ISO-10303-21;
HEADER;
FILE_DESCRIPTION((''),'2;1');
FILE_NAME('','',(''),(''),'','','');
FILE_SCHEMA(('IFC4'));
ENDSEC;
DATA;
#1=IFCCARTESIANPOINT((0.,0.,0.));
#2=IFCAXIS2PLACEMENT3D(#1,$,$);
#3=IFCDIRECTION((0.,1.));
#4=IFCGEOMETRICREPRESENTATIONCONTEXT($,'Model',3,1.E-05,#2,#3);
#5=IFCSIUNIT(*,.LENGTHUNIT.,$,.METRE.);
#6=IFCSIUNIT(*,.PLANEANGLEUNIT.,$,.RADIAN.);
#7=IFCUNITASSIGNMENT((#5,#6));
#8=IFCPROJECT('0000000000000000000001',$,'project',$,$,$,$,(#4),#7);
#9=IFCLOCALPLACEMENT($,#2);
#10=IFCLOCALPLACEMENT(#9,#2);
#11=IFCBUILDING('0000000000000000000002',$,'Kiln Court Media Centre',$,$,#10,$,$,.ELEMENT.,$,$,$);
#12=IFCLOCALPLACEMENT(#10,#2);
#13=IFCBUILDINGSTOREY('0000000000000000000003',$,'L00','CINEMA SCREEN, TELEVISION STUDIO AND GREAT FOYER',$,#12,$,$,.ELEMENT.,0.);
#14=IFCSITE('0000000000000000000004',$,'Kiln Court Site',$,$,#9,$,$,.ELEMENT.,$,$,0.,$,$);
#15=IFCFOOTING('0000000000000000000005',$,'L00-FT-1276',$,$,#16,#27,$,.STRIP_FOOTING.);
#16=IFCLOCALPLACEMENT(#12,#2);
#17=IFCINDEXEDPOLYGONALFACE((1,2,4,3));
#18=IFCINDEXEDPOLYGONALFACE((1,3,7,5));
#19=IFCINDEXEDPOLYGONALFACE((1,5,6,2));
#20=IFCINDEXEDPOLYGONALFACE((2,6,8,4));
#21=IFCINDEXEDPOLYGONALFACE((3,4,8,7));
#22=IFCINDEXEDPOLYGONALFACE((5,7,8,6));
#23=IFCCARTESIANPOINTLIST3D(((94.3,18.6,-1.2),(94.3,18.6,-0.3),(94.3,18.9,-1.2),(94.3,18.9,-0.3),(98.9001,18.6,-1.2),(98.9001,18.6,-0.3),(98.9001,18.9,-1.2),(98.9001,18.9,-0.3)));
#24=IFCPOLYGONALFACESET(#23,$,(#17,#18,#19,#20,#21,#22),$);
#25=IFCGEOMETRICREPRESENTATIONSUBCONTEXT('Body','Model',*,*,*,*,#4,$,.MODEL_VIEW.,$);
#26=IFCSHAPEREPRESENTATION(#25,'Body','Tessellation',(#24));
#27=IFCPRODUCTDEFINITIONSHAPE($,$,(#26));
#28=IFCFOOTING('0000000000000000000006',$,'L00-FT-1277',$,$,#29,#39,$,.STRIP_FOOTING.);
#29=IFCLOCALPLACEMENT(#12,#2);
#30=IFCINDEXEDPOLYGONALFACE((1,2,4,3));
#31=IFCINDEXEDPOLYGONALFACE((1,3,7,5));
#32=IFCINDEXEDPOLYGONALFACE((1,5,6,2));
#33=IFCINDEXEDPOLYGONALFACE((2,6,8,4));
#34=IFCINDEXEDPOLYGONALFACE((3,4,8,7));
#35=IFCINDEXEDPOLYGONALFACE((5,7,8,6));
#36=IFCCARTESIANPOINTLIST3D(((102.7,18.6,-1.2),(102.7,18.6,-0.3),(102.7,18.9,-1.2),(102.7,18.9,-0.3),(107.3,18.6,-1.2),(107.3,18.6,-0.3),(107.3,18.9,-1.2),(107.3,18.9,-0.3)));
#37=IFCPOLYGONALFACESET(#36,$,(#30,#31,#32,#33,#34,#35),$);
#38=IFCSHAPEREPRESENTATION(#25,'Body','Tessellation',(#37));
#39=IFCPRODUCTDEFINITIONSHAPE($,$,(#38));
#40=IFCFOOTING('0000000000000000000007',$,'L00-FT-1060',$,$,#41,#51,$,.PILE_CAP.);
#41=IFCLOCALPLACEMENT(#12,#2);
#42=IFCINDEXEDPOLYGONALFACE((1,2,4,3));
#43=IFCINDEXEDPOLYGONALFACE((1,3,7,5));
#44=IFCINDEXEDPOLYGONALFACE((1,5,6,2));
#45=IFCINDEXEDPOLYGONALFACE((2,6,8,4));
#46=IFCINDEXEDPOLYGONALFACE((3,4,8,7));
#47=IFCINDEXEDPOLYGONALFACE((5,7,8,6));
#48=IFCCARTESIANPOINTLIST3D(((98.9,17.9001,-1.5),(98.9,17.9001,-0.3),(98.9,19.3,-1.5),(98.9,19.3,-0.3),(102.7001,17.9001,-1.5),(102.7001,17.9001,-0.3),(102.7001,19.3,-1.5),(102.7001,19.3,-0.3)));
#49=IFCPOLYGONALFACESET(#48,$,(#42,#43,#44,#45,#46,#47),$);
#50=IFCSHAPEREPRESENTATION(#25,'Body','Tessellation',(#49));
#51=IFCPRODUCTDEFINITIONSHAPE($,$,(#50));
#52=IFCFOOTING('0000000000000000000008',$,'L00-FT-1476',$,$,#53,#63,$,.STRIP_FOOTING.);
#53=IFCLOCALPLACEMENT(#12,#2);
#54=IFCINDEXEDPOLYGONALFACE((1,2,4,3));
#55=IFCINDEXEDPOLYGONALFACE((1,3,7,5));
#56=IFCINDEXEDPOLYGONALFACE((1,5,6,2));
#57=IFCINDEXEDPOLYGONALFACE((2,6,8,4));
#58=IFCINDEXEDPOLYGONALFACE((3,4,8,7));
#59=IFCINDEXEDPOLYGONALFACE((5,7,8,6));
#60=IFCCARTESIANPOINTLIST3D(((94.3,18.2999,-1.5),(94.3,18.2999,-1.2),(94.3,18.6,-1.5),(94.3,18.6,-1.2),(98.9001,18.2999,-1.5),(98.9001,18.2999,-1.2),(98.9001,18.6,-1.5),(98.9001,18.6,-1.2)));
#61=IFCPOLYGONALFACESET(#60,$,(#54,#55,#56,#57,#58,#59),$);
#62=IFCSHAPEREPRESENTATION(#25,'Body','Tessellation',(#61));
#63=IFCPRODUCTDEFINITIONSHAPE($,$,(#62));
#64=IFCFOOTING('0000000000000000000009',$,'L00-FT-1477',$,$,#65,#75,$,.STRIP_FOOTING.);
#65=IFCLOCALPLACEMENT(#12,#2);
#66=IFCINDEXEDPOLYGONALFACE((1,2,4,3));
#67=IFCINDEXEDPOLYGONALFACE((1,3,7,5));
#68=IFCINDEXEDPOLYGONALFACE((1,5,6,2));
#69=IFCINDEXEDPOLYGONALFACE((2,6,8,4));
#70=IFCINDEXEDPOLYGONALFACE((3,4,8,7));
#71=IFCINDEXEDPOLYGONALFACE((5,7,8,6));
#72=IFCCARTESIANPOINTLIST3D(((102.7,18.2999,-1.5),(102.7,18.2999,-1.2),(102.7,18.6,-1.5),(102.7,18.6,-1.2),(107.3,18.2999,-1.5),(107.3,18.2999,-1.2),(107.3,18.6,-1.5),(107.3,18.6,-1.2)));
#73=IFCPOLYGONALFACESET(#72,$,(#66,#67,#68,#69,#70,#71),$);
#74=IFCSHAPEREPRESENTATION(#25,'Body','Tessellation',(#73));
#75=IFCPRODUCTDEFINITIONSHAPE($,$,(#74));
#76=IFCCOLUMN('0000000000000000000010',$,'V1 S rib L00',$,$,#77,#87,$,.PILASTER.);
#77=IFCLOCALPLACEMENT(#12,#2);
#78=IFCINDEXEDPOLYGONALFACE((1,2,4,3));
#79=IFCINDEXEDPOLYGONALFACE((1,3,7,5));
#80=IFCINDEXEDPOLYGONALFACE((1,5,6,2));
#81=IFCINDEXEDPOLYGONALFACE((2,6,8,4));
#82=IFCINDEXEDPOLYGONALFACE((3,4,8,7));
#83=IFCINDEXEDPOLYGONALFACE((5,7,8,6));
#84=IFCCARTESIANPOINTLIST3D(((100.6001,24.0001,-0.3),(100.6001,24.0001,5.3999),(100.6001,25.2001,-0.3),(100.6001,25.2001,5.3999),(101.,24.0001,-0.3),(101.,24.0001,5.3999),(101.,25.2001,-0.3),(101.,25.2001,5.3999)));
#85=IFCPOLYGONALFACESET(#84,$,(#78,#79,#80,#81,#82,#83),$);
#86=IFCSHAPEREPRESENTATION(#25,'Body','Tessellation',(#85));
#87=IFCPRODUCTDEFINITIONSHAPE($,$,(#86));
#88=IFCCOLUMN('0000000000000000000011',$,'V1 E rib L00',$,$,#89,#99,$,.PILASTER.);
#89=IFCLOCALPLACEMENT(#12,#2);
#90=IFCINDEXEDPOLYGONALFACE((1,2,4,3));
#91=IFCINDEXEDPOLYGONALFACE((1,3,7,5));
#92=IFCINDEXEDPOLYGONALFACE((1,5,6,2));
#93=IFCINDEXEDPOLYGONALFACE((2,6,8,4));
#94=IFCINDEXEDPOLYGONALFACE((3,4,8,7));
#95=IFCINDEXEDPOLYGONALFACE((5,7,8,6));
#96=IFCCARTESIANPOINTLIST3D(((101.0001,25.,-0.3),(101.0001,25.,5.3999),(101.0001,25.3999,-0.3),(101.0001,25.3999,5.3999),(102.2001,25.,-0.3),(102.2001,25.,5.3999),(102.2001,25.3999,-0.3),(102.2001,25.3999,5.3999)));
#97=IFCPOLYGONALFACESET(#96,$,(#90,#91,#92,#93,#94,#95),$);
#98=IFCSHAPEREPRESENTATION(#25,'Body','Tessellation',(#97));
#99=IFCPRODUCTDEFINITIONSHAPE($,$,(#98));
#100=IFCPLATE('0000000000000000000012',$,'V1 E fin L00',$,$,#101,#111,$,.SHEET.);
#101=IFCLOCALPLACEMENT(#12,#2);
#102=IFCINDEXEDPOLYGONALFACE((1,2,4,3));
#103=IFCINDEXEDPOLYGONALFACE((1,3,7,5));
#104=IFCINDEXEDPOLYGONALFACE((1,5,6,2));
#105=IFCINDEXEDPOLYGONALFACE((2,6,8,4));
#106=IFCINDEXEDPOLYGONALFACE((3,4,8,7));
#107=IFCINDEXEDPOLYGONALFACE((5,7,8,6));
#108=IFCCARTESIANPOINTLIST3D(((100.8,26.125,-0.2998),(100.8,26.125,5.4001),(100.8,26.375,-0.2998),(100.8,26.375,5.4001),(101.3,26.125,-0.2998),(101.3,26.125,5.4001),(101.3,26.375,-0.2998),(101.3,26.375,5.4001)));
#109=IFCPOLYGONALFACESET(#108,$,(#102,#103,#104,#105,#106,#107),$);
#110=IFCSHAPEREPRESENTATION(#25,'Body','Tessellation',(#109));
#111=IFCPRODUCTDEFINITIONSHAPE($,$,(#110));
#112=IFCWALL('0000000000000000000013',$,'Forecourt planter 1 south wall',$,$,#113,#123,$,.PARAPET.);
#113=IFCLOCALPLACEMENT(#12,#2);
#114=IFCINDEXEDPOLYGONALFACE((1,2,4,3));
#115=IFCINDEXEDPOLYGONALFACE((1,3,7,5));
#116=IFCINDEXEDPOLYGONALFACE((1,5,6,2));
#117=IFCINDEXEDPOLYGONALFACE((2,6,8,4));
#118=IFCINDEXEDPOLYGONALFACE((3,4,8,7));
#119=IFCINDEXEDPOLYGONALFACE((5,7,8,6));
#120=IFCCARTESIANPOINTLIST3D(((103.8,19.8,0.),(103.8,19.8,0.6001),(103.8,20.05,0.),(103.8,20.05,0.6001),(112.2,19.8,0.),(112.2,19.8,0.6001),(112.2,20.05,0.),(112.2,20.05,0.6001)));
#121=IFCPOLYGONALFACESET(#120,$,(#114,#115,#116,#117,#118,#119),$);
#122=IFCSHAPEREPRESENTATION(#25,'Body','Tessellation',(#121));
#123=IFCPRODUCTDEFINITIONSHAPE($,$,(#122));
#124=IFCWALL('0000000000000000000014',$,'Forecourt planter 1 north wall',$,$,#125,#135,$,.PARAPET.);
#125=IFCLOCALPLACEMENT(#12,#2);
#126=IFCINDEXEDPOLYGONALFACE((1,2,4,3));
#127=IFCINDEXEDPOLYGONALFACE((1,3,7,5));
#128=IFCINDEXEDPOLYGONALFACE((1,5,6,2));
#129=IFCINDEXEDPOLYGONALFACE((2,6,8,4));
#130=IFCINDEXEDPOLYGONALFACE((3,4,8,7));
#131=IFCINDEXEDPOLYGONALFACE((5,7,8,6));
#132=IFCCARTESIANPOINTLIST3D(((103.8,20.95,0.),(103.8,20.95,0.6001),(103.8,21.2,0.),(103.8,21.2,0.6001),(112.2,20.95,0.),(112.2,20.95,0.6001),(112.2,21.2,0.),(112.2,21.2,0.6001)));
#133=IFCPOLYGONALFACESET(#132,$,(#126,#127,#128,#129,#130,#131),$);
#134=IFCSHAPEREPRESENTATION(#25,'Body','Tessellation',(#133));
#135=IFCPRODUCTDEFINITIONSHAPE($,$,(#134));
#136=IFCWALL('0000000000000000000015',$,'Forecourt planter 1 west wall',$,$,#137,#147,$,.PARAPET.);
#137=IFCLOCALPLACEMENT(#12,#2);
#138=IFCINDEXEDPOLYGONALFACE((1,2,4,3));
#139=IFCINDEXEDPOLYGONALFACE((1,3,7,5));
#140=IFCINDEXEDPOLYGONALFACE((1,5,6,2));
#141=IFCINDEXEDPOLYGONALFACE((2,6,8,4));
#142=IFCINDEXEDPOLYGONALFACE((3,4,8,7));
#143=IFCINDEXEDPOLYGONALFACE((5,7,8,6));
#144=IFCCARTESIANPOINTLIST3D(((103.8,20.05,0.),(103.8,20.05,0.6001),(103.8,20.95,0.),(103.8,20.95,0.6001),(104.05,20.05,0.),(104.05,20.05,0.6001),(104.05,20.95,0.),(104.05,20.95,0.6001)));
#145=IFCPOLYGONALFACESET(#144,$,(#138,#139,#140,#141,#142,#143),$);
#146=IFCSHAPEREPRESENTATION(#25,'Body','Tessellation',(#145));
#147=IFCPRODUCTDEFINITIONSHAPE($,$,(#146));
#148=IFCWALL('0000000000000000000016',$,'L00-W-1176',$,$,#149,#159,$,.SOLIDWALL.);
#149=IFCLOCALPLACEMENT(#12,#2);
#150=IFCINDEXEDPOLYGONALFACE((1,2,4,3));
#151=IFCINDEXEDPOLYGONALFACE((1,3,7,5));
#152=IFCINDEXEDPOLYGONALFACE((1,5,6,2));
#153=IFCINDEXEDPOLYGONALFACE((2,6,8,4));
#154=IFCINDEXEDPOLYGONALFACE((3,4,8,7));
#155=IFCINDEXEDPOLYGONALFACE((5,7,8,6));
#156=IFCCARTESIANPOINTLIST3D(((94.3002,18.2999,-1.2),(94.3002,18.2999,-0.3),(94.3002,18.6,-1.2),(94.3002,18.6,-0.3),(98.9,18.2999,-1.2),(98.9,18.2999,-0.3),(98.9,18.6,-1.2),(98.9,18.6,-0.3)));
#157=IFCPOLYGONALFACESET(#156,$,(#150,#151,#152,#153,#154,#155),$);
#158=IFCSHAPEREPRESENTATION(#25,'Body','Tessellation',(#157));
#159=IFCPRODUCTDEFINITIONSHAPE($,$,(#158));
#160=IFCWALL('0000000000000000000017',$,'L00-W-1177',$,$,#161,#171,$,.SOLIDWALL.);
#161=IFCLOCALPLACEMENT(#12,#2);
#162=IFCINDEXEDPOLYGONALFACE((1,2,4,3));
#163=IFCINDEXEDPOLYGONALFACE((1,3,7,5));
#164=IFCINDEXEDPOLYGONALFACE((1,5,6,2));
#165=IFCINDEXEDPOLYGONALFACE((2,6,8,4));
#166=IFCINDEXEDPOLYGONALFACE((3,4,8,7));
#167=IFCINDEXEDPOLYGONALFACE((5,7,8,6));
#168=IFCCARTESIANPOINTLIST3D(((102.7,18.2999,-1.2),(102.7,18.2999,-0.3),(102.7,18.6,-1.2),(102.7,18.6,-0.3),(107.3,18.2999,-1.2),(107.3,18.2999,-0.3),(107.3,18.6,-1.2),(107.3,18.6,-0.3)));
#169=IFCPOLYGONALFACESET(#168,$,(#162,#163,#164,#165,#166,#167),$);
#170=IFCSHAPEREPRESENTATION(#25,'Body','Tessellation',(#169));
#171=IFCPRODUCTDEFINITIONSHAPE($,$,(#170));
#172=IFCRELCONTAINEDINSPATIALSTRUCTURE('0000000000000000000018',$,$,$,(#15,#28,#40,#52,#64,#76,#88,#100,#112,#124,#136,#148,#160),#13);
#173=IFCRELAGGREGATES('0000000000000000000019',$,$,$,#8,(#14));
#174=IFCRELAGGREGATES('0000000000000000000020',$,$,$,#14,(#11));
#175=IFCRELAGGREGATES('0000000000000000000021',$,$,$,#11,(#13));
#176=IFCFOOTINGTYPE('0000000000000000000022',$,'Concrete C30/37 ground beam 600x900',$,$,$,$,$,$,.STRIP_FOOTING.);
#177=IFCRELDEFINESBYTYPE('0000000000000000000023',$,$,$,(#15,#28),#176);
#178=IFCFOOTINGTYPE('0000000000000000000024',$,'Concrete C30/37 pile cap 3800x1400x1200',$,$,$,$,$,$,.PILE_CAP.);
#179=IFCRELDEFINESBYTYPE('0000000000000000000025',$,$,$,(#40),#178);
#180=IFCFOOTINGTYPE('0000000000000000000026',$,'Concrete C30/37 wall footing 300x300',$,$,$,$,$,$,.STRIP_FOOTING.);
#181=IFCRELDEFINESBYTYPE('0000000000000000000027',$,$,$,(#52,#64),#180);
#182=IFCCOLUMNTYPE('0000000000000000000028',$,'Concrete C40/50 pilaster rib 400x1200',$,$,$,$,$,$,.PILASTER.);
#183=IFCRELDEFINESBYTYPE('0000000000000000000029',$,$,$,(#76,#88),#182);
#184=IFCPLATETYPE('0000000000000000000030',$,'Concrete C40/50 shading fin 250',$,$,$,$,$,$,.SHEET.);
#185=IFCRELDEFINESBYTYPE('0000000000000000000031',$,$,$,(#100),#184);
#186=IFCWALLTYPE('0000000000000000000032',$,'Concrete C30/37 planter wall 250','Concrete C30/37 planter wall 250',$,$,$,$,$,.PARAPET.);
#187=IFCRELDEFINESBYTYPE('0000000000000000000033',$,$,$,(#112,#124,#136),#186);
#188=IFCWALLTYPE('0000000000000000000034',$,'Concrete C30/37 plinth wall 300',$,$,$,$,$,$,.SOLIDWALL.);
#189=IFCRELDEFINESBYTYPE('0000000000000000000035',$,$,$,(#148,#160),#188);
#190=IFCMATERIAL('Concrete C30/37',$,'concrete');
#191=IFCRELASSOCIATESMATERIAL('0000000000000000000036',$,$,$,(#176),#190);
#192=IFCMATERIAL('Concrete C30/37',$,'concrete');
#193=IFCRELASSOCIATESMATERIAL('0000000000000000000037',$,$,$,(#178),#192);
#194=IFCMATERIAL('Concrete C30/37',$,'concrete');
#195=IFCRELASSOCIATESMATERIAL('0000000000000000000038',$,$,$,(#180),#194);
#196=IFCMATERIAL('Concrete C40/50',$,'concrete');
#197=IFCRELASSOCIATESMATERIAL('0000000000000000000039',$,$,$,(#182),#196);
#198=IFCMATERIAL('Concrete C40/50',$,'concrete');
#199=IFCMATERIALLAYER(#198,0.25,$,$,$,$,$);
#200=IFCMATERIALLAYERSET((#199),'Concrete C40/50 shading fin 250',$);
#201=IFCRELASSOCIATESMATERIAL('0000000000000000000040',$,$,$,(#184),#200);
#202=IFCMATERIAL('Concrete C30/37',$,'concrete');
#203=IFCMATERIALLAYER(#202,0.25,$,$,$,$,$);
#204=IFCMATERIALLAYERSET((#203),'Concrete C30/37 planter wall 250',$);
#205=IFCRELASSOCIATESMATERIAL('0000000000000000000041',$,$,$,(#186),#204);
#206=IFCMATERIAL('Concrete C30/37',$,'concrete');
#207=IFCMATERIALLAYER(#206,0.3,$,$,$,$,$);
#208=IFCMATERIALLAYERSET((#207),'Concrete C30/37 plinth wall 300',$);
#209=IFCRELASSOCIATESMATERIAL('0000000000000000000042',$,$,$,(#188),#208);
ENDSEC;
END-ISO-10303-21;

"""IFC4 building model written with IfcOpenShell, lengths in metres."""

from ifc_helpers import new_model, si_unit, direction, frame, frame_2d, origin, origin_2d, place, context, subcontext, project, spatial, rectangle, extrude, material, layer, layer_set, material_profile, profile_set, type_object, element, save


model = new_model("IFC4")

# Units and contexts
model_context = context("Model", 3, precision=1e-05, world=origin(), true_north=direction((0.0, 1.0)))
body_context = subcontext(model_context, "Body", "Model", "MODEL_VIEW")
ifc_project = project(units=[si_unit("LENGTHUNIT", "METRE"), si_unit("PLANEANGLEUNIT", "RADIAN")], contexts=[model_context])

# Site, building, storey
site_placement = place(None, origin())
site = spatial("IfcSite", under=ifc_project, at=site_placement, Name="Kiln Court Site", CompositionType="ELEMENT", RefElevation=0.0)
building_placement = place(site_placement, origin())
building = spatial("IfcBuilding", under=site, at=building_placement, Name="Kiln Court Media Centre", CompositionType="ELEMENT")
storey_placement = place(building_placement, origin())
storey = spatial("IfcBuildingStorey", under=building, at=storey_placement, Name="L00", Description="CINEMA SCREEN, TELEVISION STUDIO AND GREAT FOYER", CompositionType="ELEMENT", Elevation=0.0)

# Footings
ifc_material_1 = material(Name="Concrete C30/37", Category="concrete")
footing_type_1 = type_object("IfcFootingType", Name="Concrete C30/37 ground beam 600x900", PredefinedType="STRIP_FOOTING", material=ifc_material_1)
for number, where, z_axis, x_axis, name in (
    (1, (96.6001, 18.75, -1.2), (0.0, 0.0, 1.0), (1.0, 0.0, 0.0), "L00-FT-1276"),
    (2, (105.0, 18.75, -1.2), (0.0, 0.0, 1.0), (1.0, 0.0, 0.0), "L00-FT-1277"),
):
    element("IfcFooting", number, at=place(storey_placement, frame(where, z_axis=z_axis, x_axis=x_axis)), inside=storey, type_object=footing_type_1, Name=name, PredefinedType="STRIP_FOOTING", context=body_context, shape_type="SweptSolid", body=[
        extrude(rectangle(XDim=4.6001, YDim=0.3, at=origin_2d()), origin(), (0.0, 0.0, 1.0), 0.8999),
    ])
ifc_material_2 = material(Name="Concrete C30/37", Category="concrete")
footing_type_2 = type_object("IfcFootingType", Name="Concrete C30/37 pile cap 3800x1400x1200", PredefinedType="PILE_CAP", material=ifc_material_2)
footing_1_placement = place(storey_placement, frame((100.8, 18.6001, -1.5), z_axis=(0.0, 0.0, 1.0), x_axis=(1.0, 0.0, 0.0)))
element("IfcFooting", 3, at=footing_1_placement, inside=storey, type_object=footing_type_2, Name="L00-FT-1060", PredefinedType="PILE_CAP", context=body_context, shape_type="SweptSolid", body=[
    extrude(rectangle(XDim=3.8, YDim=1.3999, at=origin_2d()), origin(), (0.0, 0.0, 1.0), 1.2),
])
ifc_material_3 = material(Name="Concrete C30/37", Category="concrete")
footing_type_3 = type_object("IfcFootingType", Name="Concrete C30/37 wall footing 300x300", PredefinedType="STRIP_FOOTING", material=ifc_material_3)
for number, where, z_axis, x_axis, name in (
    (4, (96.6001, 18.45, -1.5), (0.0, 0.0, 1.0), (1.0, 0.0, 0.0), "L00-FT-1476"),
    (5, (105.0, 18.45, -1.5), (0.0, 0.0, 1.0), (1.0, 0.0, 0.0), "L00-FT-1477"),
):
    element("IfcFooting", number, at=place(storey_placement, frame(where, z_axis=z_axis, x_axis=x_axis)), inside=storey, type_object=footing_type_3, Name=name, PredefinedType="STRIP_FOOTING", context=body_context, shape_type="SweptSolid", body=[
        extrude(rectangle(XDim=4.6001, YDim=0.3, at=origin_2d()), origin(), (0.0, 0.0, 1.0), 0.3),
    ])

# Columns
ifc_material_4 = material(Name="Concrete C40/50", Category="concrete")
ifc_material_profile_1 = material_profile(ifc_material_4, rectangle(XDim=0.3999, YDim=1.2, at=origin_2d()), Name="RC 400x1200")
ifc_profile_set_1 = profile_set([ifc_material_profile_1], Name="Concrete C40/50")
column_type = type_object("IfcColumnType", Name="Concrete C40/50 pilaster rib 400x1200", PredefinedType="PILASTER", material=ifc_profile_set_1)
for number, where, z_axis, x_axis, name in (
    (6, (100.8, 24.6001, -0.3), (0.0, 0.0, 1.0), (1.0, 0.0, 0.0), "V1 S rib L00"),
    (7, (101.6001, 25.2, -0.3), (0.0, 0.0, 1.0), (0.0, 1.0, 0.0), "V1 E rib L00"),
):
    element("IfcColumn", number, at=place(storey_placement, frame(where, z_axis=z_axis, x_axis=x_axis)), inside=storey, type_object=column_type, Name=name, PredefinedType="PILASTER", context=body_context, shape_type="SweptSolid", body=[
        extrude(rectangle(XDim=0.3999, YDim=1.2, at=origin_2d()), origin(), (0.0, 0.0, 1.0), 5.7),
    ])

# Plate
ifc_material_5 = material(Name="Concrete C40/50", Category="concrete")
ifc_layer_1 = layer(ifc_material_5, 0.25)
ifc_layer_set_1 = layer_set([ifc_layer_1], Name="Concrete C40/50 shading fin 250")
plate_type = type_object("IfcPlateType", Name="Concrete C40/50 shading fin 250", PredefinedType="SHEET", material=ifc_layer_set_1)
plate_placement = place(storey_placement, frame((101.05, 26.25, -0.2998), z_axis=(0.0, 0.0, 1.0), x_axis=(1.0, 0.0, 0.0)))
element("IfcPlate", 8, at=plate_placement, inside=storey, type_object=plate_type, Name="V1 E fin L00", PredefinedType="SHEET", context=body_context, shape_type="SweptSolid", body=[
    extrude(rectangle(XDim=0.5, YDim=0.25, at=origin_2d()), origin(), (0.0, 0.0, 1.0), 5.7),
])

# Walls
ifc_material_6 = material(Name="Concrete C30/37", Category="concrete")
ifc_layer_2 = layer(ifc_material_6, 0.25)
ifc_layer_set_2 = layer_set([ifc_layer_2], Name="Concrete C30/37 planter wall 250")
wall_type_1 = type_object("IfcWallType", Name="Concrete C30/37 planter wall 250", Description="Concrete C30/37 planter wall 250", PredefinedType="PARAPET", material=ifc_layer_set_2)
for number, where, z_axis, x_axis, name in (
    (9, (103.8, 19.925, 0.0), (0.0, 0.0, 1.0), (1.0, 0.0, 0.0), "Forecourt planter 1 south wall"),
    (10, (103.8, 21.075, 0.0), (0.0, 0.0, 1.0), (1.0, 0.0, 0.0), "Forecourt planter 1 north wall"),
):
    element("IfcWall", number, at=place(storey_placement, frame(where, z_axis=z_axis, x_axis=x_axis)), inside=storey, type_object=wall_type_1, Name=name, PredefinedType="PARAPET", context=body_context, shape_type="SweptSolid", body=[
        extrude(rectangle(XDim=8.3999, YDim=0.25, at=frame_2d((4.2, 0.0))), origin(), (0.0, 0.0, 1.0), 0.6001),
    ])
wall_1_placement = place(storey_placement, frame((103.925, 20.05, 0.0), z_axis=(0.0, 0.0, 1.0), x_axis=(0.0, 1.0, 0.0)))
element("IfcWall", 11, at=wall_1_placement, inside=storey, type_object=wall_type_1, Name="Forecourt planter 1 west wall", PredefinedType="PARAPET", context=body_context, shape_type="SweptSolid", body=[
    extrude(rectangle(XDim=0.8999, YDim=0.25, at=frame_2d((0.45, 0.0))), origin(), (0.0, 0.0, 1.0), 0.6001),
])
ifc_material_7 = material(Name="Concrete C30/37", Category="concrete")
ifc_layer_3 = layer(ifc_material_7, 0.3)
ifc_layer_set_3 = layer_set([ifc_layer_3], Name="Concrete C30/37 plinth wall 300")
wall_type_2 = type_object("IfcWallType", Name="Concrete C30/37 plinth wall 300", PredefinedType="SOLIDWALL", material=ifc_layer_set_3)
wall_2_placement = place(storey_placement, frame((98.8999, 18.45, -1.2), z_axis=(0.0, 0.0, 1.0), x_axis=(-1.0, 0.0, 0.0)))
element("IfcWall", 12, at=wall_2_placement, inside=storey, type_object=wall_type_2, Name="L00-W-1176", PredefinedType="SOLIDWALL", context=body_context, shape_type="SweptSolid", body=[
    extrude(rectangle(XDim=4.5999, YDim=0.3, at=frame_2d((2.2998, 0.0))), origin(), (0.0, 0.0, 1.0), 0.8999),
])
wall_3_placement = place(storey_placement, frame((107.3, 18.45, -1.2), z_axis=(0.0, 0.0, 1.0), x_axis=(-1.0, 0.0, 0.0)))
element("IfcWall", 13, at=wall_3_placement, inside=storey, type_object=wall_type_2, Name="L00-W-1177", PredefinedType="SOLIDWALL", context=body_context, shape_type="SweptSolid", body=[
    extrude(rectangle(XDim=4.6001, YDim=0.3, at=frame_2d((2.3, 0.0))), origin(), (0.0, 0.0, 1.0), 0.8999),
])

save(model, "model.ifc")
